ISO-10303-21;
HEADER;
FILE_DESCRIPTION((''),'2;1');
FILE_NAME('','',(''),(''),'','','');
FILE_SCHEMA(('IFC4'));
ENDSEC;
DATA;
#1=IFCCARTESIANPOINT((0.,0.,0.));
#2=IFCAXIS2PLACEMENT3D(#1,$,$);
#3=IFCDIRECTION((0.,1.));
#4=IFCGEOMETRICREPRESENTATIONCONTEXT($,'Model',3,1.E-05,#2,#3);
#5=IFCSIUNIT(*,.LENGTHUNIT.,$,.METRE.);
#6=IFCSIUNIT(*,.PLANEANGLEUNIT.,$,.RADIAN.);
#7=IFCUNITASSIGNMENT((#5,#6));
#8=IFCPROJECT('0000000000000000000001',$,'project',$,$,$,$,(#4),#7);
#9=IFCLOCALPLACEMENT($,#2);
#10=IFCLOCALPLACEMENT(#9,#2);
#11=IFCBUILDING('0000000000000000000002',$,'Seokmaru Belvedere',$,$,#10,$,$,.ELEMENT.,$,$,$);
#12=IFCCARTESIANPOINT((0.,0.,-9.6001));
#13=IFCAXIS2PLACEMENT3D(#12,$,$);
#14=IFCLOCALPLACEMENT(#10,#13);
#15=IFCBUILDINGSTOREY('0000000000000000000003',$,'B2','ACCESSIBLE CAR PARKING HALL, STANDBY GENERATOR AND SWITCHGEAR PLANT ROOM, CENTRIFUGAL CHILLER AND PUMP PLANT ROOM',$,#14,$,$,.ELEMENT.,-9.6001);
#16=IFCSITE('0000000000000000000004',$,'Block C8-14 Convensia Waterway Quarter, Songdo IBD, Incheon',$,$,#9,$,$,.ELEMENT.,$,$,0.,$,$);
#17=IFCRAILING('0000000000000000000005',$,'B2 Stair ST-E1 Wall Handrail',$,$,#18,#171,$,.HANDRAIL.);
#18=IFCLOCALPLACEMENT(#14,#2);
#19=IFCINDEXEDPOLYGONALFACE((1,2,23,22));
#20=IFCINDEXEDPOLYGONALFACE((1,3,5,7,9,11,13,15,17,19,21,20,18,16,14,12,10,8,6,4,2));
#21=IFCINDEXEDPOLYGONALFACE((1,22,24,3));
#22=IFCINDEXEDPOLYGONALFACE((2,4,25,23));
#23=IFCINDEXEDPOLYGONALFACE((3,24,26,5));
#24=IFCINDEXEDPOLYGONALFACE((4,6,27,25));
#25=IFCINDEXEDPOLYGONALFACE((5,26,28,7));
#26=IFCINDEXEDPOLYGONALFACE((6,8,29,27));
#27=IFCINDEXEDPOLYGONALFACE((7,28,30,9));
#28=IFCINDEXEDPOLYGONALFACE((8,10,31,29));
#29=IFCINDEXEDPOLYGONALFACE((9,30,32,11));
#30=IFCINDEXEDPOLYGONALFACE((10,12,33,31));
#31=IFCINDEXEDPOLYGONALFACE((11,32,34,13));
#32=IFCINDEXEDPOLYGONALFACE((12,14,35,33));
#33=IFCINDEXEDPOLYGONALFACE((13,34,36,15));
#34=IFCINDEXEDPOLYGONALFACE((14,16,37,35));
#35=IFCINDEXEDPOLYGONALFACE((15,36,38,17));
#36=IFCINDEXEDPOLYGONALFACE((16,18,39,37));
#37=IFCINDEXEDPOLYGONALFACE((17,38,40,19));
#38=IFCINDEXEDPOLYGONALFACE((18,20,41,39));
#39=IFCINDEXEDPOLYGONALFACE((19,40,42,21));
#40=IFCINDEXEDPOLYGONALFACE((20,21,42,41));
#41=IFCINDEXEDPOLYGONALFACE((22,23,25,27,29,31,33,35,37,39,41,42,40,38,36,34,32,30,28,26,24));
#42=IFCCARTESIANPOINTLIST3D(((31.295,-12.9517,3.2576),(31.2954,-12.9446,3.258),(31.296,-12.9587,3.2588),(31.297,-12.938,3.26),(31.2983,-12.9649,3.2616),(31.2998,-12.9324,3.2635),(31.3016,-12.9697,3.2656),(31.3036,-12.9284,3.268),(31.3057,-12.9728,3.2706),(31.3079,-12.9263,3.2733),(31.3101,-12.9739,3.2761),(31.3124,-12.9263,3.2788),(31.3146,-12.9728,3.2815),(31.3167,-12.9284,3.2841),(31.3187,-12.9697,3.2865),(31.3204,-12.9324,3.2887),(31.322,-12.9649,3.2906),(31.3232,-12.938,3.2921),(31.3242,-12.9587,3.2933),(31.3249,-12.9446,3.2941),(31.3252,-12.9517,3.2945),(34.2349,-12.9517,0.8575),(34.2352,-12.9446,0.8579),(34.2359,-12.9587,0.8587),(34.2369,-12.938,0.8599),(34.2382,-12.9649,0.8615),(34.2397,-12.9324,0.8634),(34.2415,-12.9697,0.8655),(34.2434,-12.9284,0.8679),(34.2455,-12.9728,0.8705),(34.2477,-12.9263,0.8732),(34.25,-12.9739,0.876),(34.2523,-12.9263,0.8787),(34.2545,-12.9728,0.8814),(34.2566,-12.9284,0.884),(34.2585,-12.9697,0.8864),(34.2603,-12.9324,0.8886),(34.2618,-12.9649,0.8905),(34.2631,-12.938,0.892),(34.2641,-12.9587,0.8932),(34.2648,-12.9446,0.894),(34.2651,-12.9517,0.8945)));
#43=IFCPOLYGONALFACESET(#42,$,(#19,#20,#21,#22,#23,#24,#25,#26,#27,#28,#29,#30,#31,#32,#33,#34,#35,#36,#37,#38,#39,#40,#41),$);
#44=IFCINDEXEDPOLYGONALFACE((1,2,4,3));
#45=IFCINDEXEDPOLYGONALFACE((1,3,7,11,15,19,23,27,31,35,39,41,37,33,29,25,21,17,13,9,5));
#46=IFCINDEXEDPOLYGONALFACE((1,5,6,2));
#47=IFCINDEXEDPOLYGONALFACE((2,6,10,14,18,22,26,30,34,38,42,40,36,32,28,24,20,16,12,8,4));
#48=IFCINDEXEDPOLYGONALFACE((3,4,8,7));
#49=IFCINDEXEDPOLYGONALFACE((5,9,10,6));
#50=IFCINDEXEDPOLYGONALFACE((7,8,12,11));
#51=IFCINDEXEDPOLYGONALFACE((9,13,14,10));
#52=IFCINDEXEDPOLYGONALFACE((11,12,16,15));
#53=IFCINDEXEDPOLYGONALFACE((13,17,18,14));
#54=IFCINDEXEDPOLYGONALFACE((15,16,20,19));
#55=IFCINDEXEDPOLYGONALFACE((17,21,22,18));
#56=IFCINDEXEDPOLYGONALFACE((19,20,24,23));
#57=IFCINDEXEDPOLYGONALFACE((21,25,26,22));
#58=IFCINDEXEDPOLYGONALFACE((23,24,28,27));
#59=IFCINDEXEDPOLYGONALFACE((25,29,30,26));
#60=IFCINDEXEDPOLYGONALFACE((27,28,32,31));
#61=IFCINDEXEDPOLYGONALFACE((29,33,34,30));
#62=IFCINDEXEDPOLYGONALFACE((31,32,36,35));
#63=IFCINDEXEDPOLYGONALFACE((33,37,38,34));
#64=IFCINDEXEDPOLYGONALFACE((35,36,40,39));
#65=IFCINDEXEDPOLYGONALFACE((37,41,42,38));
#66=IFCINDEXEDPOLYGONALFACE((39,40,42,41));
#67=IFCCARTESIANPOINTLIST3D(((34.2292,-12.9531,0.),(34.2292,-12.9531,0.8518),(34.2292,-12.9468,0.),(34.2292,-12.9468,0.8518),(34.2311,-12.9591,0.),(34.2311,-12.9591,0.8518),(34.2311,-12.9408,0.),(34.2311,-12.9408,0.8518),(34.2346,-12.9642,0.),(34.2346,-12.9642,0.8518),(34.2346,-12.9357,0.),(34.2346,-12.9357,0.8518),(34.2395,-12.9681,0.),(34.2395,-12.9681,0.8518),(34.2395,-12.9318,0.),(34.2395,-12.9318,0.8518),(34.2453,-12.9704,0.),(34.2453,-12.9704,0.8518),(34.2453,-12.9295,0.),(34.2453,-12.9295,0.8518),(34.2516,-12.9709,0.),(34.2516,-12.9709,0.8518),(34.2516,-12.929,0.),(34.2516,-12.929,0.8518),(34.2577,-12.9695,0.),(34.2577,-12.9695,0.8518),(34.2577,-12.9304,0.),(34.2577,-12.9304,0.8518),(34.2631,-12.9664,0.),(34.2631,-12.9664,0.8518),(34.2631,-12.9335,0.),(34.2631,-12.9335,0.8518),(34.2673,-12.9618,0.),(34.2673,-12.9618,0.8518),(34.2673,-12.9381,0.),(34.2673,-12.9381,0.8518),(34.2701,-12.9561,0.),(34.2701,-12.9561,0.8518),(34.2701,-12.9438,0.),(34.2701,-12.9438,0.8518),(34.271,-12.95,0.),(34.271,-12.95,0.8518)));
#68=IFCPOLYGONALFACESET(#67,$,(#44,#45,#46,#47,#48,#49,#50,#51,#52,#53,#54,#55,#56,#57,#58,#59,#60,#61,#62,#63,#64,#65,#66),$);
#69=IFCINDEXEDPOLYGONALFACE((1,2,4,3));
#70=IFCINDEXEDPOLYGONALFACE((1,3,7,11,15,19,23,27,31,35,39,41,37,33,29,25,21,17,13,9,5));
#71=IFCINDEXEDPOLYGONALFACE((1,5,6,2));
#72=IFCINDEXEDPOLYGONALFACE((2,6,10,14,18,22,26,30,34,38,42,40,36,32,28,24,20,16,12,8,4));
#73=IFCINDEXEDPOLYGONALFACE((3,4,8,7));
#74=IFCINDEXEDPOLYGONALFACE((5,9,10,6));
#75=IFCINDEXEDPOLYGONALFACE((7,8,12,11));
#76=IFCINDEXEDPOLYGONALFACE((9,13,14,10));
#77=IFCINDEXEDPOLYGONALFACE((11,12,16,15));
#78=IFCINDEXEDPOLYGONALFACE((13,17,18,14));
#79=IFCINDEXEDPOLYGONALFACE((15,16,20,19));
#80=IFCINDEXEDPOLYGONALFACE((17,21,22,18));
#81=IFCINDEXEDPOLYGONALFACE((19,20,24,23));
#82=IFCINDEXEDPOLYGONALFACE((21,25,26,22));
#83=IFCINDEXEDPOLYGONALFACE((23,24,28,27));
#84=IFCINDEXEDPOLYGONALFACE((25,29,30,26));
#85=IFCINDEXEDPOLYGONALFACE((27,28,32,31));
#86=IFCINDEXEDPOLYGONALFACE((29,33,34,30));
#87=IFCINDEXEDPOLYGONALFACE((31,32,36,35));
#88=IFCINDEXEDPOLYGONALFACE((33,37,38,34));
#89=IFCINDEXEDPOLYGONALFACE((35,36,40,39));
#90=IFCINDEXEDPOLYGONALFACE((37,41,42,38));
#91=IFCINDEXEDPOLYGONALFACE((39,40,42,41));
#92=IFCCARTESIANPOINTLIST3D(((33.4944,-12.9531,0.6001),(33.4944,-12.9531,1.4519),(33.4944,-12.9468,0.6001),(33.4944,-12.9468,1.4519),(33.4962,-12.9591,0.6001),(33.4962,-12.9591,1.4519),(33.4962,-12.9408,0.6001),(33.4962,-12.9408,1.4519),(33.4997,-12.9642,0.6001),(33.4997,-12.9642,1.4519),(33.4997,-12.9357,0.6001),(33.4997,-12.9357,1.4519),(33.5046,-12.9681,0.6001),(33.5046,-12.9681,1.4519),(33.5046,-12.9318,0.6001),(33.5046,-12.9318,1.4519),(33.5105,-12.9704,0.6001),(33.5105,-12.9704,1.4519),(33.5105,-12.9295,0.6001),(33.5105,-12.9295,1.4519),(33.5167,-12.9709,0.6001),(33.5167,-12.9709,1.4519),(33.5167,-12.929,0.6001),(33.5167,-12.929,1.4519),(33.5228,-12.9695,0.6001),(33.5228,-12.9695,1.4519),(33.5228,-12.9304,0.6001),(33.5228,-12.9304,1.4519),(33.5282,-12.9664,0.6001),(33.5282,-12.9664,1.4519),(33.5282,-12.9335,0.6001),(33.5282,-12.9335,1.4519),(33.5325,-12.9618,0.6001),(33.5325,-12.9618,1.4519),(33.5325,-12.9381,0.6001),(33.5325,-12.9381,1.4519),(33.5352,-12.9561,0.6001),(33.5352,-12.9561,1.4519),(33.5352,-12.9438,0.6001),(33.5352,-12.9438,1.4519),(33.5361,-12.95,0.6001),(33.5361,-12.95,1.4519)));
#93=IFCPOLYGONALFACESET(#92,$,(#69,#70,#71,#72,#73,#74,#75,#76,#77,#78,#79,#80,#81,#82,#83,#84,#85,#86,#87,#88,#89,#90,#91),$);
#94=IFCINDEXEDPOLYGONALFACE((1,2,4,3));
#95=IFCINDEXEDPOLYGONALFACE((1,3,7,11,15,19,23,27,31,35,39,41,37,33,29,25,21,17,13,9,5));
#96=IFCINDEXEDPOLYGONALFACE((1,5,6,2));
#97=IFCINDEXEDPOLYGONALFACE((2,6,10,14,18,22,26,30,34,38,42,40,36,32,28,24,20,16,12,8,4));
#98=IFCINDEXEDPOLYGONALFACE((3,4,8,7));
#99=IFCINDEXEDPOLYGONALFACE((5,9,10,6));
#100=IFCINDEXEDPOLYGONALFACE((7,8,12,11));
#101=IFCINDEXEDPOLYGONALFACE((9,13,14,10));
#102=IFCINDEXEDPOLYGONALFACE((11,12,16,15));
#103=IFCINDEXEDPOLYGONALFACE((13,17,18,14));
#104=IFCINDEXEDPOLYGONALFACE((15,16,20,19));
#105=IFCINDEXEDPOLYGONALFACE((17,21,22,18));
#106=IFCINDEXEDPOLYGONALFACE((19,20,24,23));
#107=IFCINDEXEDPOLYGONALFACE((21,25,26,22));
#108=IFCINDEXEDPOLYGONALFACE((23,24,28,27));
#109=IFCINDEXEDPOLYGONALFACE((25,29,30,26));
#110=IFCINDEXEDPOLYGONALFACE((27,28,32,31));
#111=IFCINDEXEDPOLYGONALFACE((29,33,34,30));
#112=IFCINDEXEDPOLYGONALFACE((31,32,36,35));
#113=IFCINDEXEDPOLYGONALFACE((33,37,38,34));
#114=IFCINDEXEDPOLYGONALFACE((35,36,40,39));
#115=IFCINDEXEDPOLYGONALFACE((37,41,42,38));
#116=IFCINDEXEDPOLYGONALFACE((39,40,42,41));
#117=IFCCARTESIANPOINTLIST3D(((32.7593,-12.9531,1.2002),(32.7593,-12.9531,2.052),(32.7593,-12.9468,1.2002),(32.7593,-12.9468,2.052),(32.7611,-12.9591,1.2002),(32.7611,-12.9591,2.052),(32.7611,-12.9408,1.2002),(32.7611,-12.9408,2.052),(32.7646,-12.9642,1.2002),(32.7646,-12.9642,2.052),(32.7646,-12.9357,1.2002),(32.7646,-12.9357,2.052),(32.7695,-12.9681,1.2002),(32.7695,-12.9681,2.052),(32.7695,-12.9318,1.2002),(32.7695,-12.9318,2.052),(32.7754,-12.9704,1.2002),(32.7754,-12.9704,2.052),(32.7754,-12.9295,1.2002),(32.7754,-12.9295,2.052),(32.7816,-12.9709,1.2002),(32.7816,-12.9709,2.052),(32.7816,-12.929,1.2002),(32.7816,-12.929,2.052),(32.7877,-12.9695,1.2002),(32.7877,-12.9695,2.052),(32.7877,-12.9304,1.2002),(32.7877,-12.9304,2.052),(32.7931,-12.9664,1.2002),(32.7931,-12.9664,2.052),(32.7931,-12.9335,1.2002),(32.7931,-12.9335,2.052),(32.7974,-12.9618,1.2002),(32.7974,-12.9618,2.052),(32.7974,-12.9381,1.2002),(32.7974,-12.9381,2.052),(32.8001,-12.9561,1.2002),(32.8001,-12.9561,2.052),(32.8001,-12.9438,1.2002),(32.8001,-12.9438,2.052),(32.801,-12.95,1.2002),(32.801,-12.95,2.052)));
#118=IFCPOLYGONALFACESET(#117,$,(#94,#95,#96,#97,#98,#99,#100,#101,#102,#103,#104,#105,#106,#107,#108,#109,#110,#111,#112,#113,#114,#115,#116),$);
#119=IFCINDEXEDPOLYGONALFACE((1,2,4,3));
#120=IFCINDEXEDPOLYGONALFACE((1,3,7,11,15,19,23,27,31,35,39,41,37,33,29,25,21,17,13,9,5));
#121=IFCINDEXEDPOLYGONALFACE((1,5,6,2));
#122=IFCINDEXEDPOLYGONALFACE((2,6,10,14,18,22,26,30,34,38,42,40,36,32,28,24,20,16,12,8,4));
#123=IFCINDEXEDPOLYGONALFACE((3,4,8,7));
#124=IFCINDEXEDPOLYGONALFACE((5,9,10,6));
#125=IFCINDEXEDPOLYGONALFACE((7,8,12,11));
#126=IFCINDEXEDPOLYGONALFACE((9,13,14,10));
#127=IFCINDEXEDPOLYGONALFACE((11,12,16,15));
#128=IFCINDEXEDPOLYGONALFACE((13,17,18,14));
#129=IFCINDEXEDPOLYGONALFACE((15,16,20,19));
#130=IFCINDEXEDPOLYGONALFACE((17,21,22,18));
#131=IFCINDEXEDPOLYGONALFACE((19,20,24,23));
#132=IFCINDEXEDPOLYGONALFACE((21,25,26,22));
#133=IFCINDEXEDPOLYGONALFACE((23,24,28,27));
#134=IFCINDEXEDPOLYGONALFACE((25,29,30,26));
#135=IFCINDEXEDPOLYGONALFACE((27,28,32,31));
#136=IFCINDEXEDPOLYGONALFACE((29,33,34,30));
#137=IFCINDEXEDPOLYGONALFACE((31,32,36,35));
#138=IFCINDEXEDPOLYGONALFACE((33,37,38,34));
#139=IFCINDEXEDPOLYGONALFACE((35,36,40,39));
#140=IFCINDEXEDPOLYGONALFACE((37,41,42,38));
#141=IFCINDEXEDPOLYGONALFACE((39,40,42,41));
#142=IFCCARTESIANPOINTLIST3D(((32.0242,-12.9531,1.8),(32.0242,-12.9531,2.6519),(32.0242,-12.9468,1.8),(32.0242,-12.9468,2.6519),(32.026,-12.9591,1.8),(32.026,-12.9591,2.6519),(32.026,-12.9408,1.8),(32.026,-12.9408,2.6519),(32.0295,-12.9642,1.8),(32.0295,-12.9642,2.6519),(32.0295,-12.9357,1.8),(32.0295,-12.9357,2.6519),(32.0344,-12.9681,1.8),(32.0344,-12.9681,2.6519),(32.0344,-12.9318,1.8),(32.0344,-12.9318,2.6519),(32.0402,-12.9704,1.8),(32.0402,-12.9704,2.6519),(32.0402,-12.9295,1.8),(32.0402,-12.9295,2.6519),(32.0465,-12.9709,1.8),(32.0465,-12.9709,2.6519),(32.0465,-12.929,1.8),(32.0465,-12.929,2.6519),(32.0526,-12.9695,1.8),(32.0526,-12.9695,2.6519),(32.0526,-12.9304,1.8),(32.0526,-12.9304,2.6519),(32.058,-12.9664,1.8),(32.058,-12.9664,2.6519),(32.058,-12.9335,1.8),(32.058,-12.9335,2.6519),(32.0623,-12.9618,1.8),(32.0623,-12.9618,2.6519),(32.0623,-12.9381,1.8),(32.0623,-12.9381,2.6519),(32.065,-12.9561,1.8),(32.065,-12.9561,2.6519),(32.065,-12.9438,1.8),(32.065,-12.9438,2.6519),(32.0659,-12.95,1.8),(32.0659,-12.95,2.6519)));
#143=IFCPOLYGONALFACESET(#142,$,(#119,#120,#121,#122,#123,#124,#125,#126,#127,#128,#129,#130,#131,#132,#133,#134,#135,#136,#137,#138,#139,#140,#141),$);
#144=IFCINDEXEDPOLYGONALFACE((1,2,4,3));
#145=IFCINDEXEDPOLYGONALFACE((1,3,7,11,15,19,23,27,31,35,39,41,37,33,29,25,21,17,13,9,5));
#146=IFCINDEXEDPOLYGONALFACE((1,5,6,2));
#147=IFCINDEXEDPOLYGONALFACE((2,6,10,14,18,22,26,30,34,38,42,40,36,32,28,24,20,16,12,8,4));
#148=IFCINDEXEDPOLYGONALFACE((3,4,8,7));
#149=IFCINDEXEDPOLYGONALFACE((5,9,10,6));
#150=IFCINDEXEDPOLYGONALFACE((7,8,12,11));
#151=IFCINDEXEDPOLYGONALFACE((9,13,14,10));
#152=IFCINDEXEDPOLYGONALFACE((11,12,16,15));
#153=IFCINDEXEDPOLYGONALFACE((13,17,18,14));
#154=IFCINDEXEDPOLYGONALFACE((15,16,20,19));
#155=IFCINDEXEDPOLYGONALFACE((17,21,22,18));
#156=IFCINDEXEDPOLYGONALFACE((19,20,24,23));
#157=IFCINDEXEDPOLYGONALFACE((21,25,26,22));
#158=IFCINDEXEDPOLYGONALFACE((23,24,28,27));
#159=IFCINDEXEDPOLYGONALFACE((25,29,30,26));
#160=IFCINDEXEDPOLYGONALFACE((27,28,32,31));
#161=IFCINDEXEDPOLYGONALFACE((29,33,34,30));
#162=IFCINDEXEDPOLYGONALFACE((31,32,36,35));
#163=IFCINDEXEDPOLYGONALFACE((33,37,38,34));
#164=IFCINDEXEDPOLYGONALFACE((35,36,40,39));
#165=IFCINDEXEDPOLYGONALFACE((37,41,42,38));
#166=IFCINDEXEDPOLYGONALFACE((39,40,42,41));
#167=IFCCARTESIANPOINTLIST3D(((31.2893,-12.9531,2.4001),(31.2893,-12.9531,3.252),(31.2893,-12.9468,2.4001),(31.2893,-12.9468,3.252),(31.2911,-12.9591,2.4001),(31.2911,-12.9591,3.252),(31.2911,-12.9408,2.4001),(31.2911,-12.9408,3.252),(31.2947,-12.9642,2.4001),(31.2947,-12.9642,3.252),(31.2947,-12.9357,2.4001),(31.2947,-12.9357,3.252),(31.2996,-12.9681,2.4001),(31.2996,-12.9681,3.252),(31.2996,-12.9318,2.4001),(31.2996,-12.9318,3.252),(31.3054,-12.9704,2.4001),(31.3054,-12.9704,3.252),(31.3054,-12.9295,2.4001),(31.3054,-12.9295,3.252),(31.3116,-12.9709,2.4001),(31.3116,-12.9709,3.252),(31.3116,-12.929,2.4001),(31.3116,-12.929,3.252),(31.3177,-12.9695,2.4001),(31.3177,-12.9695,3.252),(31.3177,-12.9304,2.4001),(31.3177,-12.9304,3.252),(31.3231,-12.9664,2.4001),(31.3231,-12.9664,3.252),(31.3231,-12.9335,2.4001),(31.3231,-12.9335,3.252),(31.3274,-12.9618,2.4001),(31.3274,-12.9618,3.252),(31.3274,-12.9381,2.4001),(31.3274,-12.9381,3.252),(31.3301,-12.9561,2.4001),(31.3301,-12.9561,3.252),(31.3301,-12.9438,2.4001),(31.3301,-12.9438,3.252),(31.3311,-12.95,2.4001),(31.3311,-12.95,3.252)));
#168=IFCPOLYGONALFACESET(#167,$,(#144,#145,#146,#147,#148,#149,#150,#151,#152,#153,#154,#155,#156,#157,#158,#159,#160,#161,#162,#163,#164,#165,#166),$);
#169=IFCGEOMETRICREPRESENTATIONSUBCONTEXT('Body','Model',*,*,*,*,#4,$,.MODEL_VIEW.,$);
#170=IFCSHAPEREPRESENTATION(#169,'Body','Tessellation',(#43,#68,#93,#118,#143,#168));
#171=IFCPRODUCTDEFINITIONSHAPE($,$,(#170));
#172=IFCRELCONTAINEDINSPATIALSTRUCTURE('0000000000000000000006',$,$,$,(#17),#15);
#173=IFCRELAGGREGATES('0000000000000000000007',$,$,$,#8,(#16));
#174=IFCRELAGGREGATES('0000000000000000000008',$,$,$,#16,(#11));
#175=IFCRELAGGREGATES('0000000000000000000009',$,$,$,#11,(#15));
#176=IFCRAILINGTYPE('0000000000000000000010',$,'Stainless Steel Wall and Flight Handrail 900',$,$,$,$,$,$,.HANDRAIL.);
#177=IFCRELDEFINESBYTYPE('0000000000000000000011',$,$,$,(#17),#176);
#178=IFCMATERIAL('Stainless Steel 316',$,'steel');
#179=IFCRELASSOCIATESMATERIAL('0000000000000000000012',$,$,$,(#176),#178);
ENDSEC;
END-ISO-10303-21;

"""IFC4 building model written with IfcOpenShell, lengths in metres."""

from ifc_helpers import new_model, si_unit, direction, frame, origin, origin_2d, place, context, subcontext, project, spatial, circle, extrude, material, type_object, element, save


model = new_model("IFC4")

# Units and contexts
model_context = context("Model", 3, precision=1e-05, world=origin(), true_north=direction((0.0, 1.0)))
body_context = subcontext(model_context, "Body", "Model", "MODEL_VIEW")
ifc_project = project(units=[si_unit("LENGTHUNIT", "METRE"), si_unit("PLANEANGLEUNIT", "RADIAN")], contexts=[model_context])

# Site, building, storey
site_placement = place(None, origin())
site = spatial("IfcSite", under=ifc_project, at=site_placement, Name="Block C8-14 Convensia Waterway Quarter, Songdo IBD, Incheon", CompositionType="ELEMENT", RefElevation=0.0)
building_placement = place(site_placement, origin())
building = spatial("IfcBuilding", under=site, at=building_placement, Name="Seokmaru Belvedere", CompositionType="ELEMENT")
storey_placement = place(building_placement, frame((0.0, 0.0, -9.6001)))
storey = spatial("IfcBuildingStorey", under=building, at=storey_placement, Name="B2", Description="ACCESSIBLE CAR PARKING HALL, STANDBY GENERATOR AND SWITCHGEAR PLANT ROOM, CENTRIFUGAL CHILLER AND PUMP PLANT ROOM", CompositionType="ELEMENT", Elevation=-9.6001)

# Railing
ifc_material_1 = material(Name="Stainless Steel 316", Category="steel")
railing_type_1 = type_object("IfcRailingType", Name="Stainless Steel Wall and Flight Handrail 900", PredefinedType="HANDRAIL", material=ifc_material_1)
railing_1_placement = place(storey_placement, frame((34.25, -12.95, 0.0)))
element("IfcRailing", 1, at=railing_1_placement, inside=storey, type_object=railing_type_1, Name="B2 Stair ST-E1 Wall Handrail", PredefinedType="HANDRAIL", context=body_context, shape_type="SweptSolid", body=[
    extrude(circle(Radius=0.0239, at=origin_2d()), frame((0.0, 0.0, 0.876), z_axis=(-0.774636, 0.0, 0.632407), x_axis=(0.0, -1.0, 0.0)), (0.0, 0.0, 1.0), 3.7952),
    extrude(circle(Radius=0.021, at=origin_2d()), origin(), (0.0, 0.0, 1.0), 0.8518),
    extrude(circle(Radius=0.021, at=origin_2d()), frame((-0.7349, 0.0, 0.6001)), (0.0, 0.0, 1.0), 0.8518),
    extrude(circle(Radius=0.021, at=origin_2d()), frame((-1.47, 0.0, 1.2002)), (0.0, 0.0, 1.0), 0.8518),
    extrude(circle(Radius=0.021, at=origin_2d()), frame((-2.2051, 0.0, 1.8)), (0.0, 0.0, 1.0), 0.8518),
    extrude(circle(Radius=0.021, at=origin_2d()), frame((-2.9399, 0.0, 2.4001)), (0.0, 0.0, 1.0), 0.8518),
])

save(model, "model.ifc")
